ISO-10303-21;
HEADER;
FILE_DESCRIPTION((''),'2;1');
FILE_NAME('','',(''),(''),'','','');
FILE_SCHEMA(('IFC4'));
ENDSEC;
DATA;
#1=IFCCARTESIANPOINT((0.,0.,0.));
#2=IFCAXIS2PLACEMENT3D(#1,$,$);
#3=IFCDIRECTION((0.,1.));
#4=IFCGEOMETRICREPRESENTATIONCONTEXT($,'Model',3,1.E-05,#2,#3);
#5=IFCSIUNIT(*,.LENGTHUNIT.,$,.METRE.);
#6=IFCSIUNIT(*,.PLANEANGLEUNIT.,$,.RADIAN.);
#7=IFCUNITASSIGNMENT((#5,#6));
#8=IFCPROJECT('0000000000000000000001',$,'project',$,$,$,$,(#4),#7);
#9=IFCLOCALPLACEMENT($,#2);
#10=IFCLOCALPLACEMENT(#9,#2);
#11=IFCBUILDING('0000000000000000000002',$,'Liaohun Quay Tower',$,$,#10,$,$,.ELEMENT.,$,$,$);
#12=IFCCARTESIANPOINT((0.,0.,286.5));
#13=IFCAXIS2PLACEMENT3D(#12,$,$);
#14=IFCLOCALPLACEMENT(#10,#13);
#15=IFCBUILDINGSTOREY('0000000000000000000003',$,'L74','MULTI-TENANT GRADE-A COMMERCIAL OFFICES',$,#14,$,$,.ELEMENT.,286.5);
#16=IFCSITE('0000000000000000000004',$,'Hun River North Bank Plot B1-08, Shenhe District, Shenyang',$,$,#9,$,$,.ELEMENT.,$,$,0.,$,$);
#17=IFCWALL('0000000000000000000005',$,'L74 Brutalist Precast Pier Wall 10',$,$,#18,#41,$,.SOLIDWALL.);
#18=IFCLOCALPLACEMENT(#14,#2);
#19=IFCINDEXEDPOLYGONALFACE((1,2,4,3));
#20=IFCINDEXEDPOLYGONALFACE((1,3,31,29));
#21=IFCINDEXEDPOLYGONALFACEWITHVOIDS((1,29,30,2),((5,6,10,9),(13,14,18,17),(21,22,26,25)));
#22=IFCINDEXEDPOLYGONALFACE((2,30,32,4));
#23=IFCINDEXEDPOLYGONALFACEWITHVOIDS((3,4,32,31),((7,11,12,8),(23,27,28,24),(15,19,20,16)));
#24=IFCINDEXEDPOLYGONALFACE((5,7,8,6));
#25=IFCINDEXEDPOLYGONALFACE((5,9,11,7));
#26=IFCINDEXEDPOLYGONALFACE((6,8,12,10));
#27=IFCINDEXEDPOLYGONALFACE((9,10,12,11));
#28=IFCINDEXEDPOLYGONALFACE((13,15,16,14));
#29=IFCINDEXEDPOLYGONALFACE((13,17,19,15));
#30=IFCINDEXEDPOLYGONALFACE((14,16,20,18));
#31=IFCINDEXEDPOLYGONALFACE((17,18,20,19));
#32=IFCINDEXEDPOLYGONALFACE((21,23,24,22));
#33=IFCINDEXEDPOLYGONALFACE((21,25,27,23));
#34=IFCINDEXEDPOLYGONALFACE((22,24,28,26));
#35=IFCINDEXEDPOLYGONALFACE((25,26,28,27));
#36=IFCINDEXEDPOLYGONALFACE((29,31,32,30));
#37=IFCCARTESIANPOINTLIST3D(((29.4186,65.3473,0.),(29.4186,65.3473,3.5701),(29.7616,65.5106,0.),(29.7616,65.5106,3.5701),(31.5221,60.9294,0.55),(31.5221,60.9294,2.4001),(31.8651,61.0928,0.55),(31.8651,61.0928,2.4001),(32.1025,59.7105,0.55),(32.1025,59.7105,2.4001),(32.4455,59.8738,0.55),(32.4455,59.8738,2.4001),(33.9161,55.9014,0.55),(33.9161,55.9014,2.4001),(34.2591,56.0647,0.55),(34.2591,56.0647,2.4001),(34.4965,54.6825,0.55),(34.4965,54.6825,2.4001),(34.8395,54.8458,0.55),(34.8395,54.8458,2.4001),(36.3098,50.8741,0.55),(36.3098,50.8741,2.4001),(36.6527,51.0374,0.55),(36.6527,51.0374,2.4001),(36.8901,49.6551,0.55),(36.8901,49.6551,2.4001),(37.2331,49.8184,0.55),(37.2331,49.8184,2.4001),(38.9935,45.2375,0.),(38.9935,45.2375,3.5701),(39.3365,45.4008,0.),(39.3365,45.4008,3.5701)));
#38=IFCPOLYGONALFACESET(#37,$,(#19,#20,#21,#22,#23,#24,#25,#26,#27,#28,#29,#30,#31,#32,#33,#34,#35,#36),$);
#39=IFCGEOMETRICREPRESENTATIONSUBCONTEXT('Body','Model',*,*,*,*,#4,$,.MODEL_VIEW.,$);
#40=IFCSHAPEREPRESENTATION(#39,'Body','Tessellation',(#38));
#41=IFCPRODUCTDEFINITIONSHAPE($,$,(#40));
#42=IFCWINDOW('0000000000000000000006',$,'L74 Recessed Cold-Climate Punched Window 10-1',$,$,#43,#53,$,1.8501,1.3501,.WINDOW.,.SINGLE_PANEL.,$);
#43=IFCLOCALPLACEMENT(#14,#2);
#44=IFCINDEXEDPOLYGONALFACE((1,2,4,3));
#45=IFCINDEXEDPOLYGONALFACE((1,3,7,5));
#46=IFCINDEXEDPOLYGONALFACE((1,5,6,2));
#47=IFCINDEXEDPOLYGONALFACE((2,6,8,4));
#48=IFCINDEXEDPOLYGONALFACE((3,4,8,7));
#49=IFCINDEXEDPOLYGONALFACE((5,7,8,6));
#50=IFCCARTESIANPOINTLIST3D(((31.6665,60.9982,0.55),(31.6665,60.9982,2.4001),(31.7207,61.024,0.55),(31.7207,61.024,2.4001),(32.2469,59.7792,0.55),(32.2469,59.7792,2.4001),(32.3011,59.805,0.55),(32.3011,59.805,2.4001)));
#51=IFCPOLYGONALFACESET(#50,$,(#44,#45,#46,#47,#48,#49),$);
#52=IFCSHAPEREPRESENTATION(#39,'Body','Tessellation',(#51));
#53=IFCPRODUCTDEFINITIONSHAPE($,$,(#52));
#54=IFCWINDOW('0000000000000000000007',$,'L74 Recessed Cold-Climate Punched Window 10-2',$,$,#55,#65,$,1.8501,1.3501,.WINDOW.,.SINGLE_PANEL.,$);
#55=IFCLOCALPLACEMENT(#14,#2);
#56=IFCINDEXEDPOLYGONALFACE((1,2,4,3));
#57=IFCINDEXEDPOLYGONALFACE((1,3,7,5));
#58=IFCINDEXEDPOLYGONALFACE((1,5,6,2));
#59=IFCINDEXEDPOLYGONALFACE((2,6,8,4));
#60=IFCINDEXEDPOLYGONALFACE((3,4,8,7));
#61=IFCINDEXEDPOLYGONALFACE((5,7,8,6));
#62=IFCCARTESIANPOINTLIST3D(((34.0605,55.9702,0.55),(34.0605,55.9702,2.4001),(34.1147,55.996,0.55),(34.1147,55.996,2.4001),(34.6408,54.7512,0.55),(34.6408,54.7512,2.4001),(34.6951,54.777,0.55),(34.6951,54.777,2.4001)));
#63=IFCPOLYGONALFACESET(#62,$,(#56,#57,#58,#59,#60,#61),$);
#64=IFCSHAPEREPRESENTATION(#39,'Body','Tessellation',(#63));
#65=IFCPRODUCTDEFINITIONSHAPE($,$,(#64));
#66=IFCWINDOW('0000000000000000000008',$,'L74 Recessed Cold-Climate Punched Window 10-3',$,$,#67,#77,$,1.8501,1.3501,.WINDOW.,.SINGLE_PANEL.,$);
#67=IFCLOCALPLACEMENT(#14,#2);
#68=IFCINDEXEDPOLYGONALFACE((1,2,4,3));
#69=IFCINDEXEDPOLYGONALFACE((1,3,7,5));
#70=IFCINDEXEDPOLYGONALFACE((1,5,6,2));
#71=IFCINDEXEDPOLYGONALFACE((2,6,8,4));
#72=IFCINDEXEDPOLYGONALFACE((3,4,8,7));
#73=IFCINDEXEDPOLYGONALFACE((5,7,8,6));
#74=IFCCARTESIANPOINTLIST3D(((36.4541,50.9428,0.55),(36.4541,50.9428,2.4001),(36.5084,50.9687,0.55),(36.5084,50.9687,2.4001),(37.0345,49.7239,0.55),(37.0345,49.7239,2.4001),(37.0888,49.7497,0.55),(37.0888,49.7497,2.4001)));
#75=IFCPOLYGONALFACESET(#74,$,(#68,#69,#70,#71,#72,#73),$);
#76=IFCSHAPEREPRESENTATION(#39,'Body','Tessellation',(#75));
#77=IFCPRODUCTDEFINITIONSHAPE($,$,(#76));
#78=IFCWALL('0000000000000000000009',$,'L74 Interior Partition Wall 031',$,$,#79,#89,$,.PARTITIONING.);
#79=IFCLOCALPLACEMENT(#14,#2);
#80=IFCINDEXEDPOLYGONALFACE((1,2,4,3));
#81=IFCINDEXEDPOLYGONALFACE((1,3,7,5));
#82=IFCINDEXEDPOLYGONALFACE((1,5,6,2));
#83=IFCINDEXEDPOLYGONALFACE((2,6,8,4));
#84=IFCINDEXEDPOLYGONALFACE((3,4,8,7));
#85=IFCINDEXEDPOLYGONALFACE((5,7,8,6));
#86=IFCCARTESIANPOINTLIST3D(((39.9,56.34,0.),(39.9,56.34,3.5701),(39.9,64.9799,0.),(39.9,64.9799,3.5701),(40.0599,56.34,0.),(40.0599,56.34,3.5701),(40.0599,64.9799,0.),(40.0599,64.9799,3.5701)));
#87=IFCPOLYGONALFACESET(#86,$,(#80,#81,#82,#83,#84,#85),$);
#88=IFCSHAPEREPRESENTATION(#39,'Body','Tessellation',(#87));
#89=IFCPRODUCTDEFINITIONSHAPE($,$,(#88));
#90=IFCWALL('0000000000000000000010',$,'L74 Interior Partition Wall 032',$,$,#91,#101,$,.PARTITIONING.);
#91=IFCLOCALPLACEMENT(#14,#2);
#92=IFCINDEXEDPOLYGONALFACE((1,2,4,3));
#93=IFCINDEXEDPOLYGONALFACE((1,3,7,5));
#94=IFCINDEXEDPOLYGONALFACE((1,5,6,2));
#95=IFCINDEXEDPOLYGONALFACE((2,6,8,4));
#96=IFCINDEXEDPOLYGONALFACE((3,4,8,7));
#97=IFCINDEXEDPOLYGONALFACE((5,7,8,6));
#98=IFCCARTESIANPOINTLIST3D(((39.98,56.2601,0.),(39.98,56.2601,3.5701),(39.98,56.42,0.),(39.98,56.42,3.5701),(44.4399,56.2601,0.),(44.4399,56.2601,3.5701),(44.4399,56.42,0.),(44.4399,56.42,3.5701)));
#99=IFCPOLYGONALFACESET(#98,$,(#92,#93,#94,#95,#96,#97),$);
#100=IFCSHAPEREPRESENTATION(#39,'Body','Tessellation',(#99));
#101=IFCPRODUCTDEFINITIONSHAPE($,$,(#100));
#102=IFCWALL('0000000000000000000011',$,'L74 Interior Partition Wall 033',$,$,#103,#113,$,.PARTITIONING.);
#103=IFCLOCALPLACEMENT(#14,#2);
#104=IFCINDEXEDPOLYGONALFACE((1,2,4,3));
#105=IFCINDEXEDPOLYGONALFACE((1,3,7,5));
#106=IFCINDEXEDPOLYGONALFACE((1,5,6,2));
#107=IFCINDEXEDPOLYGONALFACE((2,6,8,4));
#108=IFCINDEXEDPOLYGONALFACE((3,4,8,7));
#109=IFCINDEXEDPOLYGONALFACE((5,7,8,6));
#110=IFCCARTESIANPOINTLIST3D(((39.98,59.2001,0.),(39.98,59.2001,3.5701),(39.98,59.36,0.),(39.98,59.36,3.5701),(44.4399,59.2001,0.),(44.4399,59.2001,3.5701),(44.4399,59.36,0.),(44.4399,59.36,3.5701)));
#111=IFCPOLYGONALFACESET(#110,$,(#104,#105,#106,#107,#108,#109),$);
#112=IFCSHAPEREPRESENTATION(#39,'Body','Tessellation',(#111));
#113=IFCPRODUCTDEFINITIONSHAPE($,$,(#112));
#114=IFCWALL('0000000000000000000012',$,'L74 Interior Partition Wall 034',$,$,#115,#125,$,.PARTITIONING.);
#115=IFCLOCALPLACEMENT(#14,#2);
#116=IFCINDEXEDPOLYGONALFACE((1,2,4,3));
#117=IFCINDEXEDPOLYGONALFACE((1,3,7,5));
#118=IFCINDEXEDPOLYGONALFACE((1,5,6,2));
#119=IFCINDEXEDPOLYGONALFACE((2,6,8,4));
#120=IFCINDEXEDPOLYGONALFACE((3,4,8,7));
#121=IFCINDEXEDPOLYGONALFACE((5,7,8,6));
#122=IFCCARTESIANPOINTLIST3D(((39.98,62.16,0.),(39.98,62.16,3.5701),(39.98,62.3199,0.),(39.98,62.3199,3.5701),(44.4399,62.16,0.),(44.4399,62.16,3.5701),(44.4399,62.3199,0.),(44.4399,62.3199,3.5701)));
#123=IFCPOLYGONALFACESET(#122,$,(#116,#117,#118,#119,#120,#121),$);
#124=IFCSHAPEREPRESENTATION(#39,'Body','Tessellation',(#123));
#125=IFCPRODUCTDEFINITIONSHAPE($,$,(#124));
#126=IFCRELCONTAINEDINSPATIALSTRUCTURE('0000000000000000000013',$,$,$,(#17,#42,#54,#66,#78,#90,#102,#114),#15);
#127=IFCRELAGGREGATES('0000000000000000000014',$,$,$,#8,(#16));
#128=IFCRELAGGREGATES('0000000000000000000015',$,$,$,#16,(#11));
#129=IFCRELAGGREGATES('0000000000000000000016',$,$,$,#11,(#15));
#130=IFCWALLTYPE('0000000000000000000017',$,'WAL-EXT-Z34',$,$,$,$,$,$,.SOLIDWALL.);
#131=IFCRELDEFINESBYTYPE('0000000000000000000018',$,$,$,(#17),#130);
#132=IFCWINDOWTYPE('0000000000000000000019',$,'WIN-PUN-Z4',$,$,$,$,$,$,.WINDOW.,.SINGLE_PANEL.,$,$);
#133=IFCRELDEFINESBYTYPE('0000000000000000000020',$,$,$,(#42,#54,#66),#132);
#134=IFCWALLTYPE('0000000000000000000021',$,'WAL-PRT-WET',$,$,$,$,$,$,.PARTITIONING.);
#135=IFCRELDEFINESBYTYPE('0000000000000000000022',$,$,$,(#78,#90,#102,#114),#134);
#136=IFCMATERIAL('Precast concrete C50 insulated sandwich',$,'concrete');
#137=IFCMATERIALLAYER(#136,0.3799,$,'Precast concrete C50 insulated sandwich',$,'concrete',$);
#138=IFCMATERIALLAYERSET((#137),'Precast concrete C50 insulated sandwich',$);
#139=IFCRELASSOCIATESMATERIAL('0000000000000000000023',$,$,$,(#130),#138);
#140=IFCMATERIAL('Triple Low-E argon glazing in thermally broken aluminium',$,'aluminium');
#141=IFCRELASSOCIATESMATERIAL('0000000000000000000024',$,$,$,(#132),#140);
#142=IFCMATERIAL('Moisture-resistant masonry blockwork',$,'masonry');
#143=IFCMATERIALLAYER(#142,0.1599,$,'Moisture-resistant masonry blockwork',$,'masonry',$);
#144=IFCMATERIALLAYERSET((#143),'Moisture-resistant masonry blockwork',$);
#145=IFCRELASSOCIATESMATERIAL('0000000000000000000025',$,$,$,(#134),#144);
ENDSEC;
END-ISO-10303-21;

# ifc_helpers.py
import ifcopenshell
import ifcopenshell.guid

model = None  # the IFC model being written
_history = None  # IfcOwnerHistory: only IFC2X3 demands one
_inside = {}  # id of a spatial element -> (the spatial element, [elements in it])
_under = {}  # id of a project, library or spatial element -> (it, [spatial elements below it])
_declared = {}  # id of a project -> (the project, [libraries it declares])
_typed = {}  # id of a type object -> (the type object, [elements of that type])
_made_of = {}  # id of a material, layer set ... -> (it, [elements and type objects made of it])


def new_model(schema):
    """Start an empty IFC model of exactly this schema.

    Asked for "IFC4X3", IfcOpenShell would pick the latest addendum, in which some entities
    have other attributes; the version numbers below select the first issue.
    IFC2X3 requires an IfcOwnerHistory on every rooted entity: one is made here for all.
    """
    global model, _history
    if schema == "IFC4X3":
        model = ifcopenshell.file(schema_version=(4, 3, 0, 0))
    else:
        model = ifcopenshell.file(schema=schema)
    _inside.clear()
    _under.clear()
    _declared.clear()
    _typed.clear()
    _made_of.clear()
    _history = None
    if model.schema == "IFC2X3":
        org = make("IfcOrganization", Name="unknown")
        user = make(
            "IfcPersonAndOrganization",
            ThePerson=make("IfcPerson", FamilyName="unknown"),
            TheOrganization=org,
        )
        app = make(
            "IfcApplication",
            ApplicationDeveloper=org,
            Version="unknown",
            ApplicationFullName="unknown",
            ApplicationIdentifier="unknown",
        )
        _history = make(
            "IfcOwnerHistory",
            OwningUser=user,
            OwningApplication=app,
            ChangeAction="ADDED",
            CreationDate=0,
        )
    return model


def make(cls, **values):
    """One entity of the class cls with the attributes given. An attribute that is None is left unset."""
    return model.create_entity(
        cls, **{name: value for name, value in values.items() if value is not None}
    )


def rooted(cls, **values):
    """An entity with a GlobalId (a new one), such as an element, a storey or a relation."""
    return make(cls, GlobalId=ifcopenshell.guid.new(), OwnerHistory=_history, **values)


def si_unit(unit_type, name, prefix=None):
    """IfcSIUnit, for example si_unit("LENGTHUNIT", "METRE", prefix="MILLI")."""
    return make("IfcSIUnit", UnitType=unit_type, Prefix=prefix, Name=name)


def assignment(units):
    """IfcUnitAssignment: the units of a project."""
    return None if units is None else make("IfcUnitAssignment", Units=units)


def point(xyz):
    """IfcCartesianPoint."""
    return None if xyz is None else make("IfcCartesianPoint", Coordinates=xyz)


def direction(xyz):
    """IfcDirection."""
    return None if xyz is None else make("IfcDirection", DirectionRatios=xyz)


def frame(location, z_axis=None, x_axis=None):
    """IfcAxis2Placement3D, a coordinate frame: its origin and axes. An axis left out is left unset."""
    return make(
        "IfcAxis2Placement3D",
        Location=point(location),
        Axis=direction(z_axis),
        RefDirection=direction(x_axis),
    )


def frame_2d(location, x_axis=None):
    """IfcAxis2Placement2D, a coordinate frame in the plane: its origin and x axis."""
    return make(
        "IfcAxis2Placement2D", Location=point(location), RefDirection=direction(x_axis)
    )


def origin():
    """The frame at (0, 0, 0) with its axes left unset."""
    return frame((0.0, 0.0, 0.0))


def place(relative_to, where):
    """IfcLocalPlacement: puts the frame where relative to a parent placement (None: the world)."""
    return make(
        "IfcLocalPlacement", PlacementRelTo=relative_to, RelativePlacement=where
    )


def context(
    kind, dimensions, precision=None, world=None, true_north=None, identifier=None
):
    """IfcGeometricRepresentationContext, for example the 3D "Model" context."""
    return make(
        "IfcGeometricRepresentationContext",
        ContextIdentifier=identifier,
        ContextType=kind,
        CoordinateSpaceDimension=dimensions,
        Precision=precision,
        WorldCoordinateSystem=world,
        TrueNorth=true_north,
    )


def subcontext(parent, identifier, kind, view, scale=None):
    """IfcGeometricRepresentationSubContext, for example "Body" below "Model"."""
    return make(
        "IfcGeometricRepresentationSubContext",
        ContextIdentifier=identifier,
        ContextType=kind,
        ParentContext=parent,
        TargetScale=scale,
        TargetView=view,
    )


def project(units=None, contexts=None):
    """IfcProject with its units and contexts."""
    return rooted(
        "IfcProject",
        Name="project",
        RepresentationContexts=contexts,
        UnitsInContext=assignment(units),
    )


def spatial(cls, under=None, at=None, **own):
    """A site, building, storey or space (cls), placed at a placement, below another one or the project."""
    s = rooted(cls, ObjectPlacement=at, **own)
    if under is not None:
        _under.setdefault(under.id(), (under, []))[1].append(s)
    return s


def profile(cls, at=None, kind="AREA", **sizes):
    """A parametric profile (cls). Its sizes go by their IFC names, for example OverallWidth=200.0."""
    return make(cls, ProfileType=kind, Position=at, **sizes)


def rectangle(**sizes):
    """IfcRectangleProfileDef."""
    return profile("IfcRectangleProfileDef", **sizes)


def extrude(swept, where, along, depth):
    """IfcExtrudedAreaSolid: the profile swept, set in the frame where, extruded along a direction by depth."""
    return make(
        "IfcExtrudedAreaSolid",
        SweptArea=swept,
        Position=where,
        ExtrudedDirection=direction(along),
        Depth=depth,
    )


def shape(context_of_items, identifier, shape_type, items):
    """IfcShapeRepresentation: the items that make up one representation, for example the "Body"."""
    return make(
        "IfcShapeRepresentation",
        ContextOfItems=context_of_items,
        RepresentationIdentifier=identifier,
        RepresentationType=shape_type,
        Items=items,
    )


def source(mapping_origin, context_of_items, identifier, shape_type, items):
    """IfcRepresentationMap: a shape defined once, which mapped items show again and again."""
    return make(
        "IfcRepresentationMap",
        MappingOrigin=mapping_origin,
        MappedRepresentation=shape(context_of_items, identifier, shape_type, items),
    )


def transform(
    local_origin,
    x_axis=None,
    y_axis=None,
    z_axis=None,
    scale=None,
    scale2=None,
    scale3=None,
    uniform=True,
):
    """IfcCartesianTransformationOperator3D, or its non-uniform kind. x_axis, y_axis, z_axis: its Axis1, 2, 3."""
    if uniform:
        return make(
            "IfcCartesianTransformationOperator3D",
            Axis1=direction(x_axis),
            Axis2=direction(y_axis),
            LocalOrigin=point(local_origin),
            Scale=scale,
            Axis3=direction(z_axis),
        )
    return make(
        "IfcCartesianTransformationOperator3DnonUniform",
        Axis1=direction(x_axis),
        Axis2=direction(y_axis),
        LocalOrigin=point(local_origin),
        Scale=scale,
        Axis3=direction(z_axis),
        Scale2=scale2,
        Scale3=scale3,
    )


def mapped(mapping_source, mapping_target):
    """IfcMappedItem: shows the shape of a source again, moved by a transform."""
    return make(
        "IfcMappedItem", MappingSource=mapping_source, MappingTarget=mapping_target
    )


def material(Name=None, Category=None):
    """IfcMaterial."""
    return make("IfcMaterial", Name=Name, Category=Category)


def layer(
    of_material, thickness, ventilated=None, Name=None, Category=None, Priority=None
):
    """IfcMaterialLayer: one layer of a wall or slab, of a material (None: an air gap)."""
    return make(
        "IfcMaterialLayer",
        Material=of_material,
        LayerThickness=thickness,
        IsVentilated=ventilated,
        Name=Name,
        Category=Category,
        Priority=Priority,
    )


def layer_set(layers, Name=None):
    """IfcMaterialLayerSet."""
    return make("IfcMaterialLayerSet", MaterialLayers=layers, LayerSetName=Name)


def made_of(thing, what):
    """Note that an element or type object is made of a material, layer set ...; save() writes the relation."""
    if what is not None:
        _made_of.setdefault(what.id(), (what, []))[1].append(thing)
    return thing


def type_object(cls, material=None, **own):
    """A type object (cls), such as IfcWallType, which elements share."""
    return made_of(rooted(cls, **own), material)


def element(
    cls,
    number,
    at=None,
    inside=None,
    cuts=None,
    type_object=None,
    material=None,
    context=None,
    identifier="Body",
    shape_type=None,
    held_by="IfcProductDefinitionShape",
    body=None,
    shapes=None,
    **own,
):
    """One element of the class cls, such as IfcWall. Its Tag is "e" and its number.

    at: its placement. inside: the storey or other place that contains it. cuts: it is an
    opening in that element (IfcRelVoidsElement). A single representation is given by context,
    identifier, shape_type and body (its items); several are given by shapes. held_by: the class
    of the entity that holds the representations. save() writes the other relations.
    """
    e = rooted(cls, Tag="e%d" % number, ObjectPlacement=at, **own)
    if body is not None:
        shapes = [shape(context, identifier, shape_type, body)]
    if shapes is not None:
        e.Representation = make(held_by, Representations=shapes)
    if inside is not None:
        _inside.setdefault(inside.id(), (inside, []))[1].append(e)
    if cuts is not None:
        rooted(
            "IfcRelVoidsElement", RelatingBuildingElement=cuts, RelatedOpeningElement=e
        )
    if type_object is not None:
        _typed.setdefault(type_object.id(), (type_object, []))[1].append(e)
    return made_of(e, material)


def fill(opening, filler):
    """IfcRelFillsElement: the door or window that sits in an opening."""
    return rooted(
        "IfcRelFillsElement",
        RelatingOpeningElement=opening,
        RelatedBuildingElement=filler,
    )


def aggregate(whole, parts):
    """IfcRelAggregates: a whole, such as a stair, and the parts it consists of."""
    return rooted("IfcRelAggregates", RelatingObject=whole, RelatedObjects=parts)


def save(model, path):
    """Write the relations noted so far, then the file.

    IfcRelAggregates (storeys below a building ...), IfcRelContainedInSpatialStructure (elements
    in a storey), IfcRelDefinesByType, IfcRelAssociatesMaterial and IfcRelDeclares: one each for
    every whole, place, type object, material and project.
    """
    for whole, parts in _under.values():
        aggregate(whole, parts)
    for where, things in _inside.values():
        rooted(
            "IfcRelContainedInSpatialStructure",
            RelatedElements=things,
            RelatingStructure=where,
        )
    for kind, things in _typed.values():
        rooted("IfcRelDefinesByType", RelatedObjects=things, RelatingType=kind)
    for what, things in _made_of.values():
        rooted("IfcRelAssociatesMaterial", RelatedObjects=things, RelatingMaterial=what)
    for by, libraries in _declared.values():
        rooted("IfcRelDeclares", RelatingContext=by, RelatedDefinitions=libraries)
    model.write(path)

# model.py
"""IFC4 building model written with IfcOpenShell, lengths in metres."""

from ifc_helpers import new_model, si_unit, direction, frame, frame_2d, origin, place, context, subcontext, project, spatial, rectangle, extrude, source, transform, mapped, material, layer, layer_set, type_object, element, fill, save


model = new_model("IFC4")

# Units and contexts
model_context = context("Model", 3, precision=1e-05, world=origin(), true_north=direction((0.0, 1.0)))
body_context = subcontext(model_context, "Body", "Model", "MODEL_VIEW")
ifc_project = project(units=[si_unit("LENGTHUNIT", "METRE"), si_unit("PLANEANGLEUNIT", "RADIAN")], contexts=[model_context])

# Site, building, storey
site_placement = place(None, origin())
site = spatial("IfcSite", under=ifc_project, at=site_placement, Name="Hun River North Bank Plot B1-08, Shenhe District, Shenyang", CompositionType="ELEMENT", RefElevation=0.0)
building_placement = place(site_placement, origin())
building = spatial("IfcBuilding", under=site, at=building_placement, Name="Liaohun Quay Tower", CompositionType="ELEMENT")
storey_placement = place(building_placement, frame((0.0, 0.0, 286.5)))
storey = spatial("IfcBuildingStorey", under=building, at=storey_placement, Name="L74", Description="MULTI-TENANT GRADE-A COMMERCIAL OFFICES", CompositionType="ELEMENT", Elevation=286.5)

# Shared definitions
ifc_material_1 = material(Name="Precast concrete C50 insulated sandwich", Category="concrete")
ifc_layer_1 = layer(ifc_material_1, 0.3799, Name="Precast concrete C50 insulated sandwich", Category="concrete")
ifc_layer_set_1 = layer_set([ifc_layer_1], Name="Precast concrete C50 insulated sandwich")
wall_type_1 = type_object("IfcWallType", Name="WAL-EXT-Z34", PredefinedType="SOLIDWALL", material=ifc_layer_set_1)

# Wall, openings, windows
wall_1_placement = place(storey_placement, frame((29.5901, 65.429, 0.0), z_axis=(0.0, 0.0, 1.0), x_axis=(0.429891, -0.902881, 0.0)))
wall_1 = element("IfcWall", 1, at=wall_1_placement, inside=storey, type_object=wall_type_1, Name="L74 Brutalist Precast Pier Wall 10", PredefinedType="SOLIDWALL", context=body_context, shape_type="SweptSolid", body=[
    extrude(rectangle(XDim=22.2729, YDim=0.3799, at=frame_2d((11.1365, 0.0))), origin(), (0.0, 0.0, 1.0), 3.5701),
])
shared_shape_1 = source(origin(), body_context, "Body", "SweptSolid", [
    extrude(rectangle(XDim=1.3501, YDim=1.8501, at=frame_2d((0.675, 0.925))), frame((0.0, 0.2, 0.0), z_axis=(0.0, -1.0, 0.0), x_axis=(1.0, 0.0, 0.0)), (0.0, 0.0, 1.0), 0.3999),
])
opening_1_placement = place(wall_1_placement, frame((4.8931, 0.0, 0.55)))
opening_1 = element("IfcOpeningElement", 2, at=opening_1_placement, cuts=wall_1, PredefinedType="OPENING", context=body_context, shape_type="MappedRepresentation", body=[
    mapped(shared_shape_1, transform((0.0, 0.0, 0.0), x_axis=(1.0, 0.0, 0.0), y_axis=(0.0, 1.0, 0.0), z_axis=(0.0, 0.0, 1.0), scale=1.0)),
])
opening_2_placement = place(wall_1_placement, frame((10.4619, 0.0, 0.55)))
opening_2 = element("IfcOpeningElement", 3, at=opening_2_placement, cuts=wall_1, PredefinedType="OPENING", context=body_context, shape_type="MappedRepresentation", body=[
    mapped(shared_shape_1, transform((0.0, 0.0, 0.0), x_axis=(1.0, 0.0, 0.0), y_axis=(0.0, 1.0, 0.0), z_axis=(0.0, 0.0, 1.0), scale=1.0)),
])
opening_3_placement = place(wall_1_placement, frame((16.03, 0.0, 0.55)))
opening_3 = element("IfcOpeningElement", 4, at=opening_3_placement, cuts=wall_1, PredefinedType="OPENING", context=body_context, shape_type="MappedRepresentation", body=[
    mapped(shared_shape_1, transform((0.0, 0.0, 0.0), x_axis=(1.0, 0.0, 0.0), y_axis=(0.0, 1.0, 0.0), z_axis=(0.0, 0.0, 1.0), scale=1.0)),
])
ifc_material_2 = material(Name="Triple Low-E argon glazing in thermally broken aluminium", Category="aluminium")
window_type_1 = type_object("IfcWindowType", Name="WIN-PUN-Z4", PartitioningType="SINGLE_PANEL", PredefinedType="WINDOW", material=ifc_material_2)
shared_shape_2 = source(origin(), body_context, "Body", "SweptSolid", [
    extrude(rectangle(XDim=1.3501, YDim=1.8501, at=frame_2d((0.675, 0.925))), frame((0.0, 0.03, 0.0), z_axis=(0.0, -1.0, 0.0), x_axis=(1.0, 0.0, 0.0)), (0.0, 0.0, 1.0), 0.0601),
])
window_1_placement = place(opening_1_placement, origin())
window_1 = element("IfcWindow", 5, at=window_1_placement, inside=storey, type_object=window_type_1, Name="L74 Recessed Cold-Climate Punched Window 10-1", OverallHeight=1.8501, OverallWidth=1.3501, PartitioningType="SINGLE_PANEL", PredefinedType="WINDOW", context=body_context, shape_type="MappedRepresentation", body=[
    mapped(shared_shape_2, transform((0.0, 0.0, 0.0), x_axis=(1.0, 0.0, 0.0), y_axis=(0.0, 1.0, 0.0), z_axis=(0.0, 0.0, 1.0), scale=1.0)),
])
fill(opening_1, window_1)
window_2_placement = place(opening_2_placement, origin())
window_2 = element("IfcWindow", 6, at=window_2_placement, inside=storey, type_object=window_type_1, Name="L74 Recessed Cold-Climate Punched Window 10-2", OverallHeight=1.8501, OverallWidth=1.3501, PartitioningType="SINGLE_PANEL", PredefinedType="WINDOW", context=body_context, shape_type="MappedRepresentation", body=[
    mapped(shared_shape_2, transform((0.0, 0.0, 0.0), x_axis=(1.0, 0.0, 0.0), y_axis=(0.0, 1.0, 0.0), z_axis=(0.0, 0.0, 1.0), scale=1.0)),
])
fill(opening_2, window_2)
window_3_placement = place(opening_3_placement, origin())
window_3 = element("IfcWindow", 7, at=window_3_placement, inside=storey, type_object=window_type_1, Name="L74 Recessed Cold-Climate Punched Window 10-3", OverallHeight=1.8501, OverallWidth=1.3501, PartitioningType="SINGLE_PANEL", PredefinedType="WINDOW", context=body_context, shape_type="MappedRepresentation", body=[
    mapped(shared_shape_2, transform((0.0, 0.0, 0.0), x_axis=(1.0, 0.0, 0.0), y_axis=(0.0, 1.0, 0.0), z_axis=(0.0, 0.0, 1.0), scale=1.0)),
])
fill(opening_3, window_3)

# Walls
ifc_material_3 = material(Name="Moisture-resistant masonry blockwork", Category="masonry")
ifc_layer_2 = layer(ifc_material_3, 0.1599, Name="Moisture-resistant masonry blockwork", Category="masonry")
ifc_layer_set_2 = layer_set([ifc_layer_2], Name="Moisture-resistant masonry blockwork")
wall_type_2 = type_object("IfcWallType", Name="WAL-PRT-WET", PredefinedType="PARTITIONING", material=ifc_layer_set_2)
wall_2_placement = place(storey_placement, frame((39.98, 56.3401, 0.0), z_axis=(0.0, 0.0, 1.0), x_axis=(0.0, 1.0, 0.0)))
element("IfcWall", 8, at=wall_2_placement, inside=storey, type_object=wall_type_2, Name="L74 Interior Partition Wall 031", PredefinedType="PARTITIONING", context=body_context, shape_type="SweptSolid", body=[
    extrude(rectangle(XDim=8.6399, YDim=0.1599, at=frame_2d((4.3198, 0.0))), origin(), (0.0, 0.0, 1.0), 3.5701),
])
for number, where, z_axis, x_axis, name in (
    (9, (39.98, 56.3401, 0.0), (0.0, 0.0, 1.0), (1.0, 0.0, 0.0), "L74 Interior Partition Wall 032"),
    (10, (39.98, 59.28, 0.0), (0.0, 0.0, 1.0), (1.0, 0.0, 0.0), "L74 Interior Partition Wall 033"),
    (11, (39.98, 62.24, 0.0), (0.0, 0.0, 1.0), (1.0, 0.0, 0.0), "L74 Interior Partition Wall 034"),
):
    element("IfcWall", number, at=place(storey_placement, frame(where, z_axis=z_axis, x_axis=x_axis)), inside=storey, type_object=wall_type_2, Name=name, PredefinedType="PARTITIONING", context=body_context, shape_type="SweptSolid", body=[
        extrude(rectangle(XDim=4.46, YDim=0.1599, at=frame_2d((2.23, 0.0))), origin(), (0.0, 0.0, 1.0), 3.5701),
    ])

save(model, "model.ifc")
